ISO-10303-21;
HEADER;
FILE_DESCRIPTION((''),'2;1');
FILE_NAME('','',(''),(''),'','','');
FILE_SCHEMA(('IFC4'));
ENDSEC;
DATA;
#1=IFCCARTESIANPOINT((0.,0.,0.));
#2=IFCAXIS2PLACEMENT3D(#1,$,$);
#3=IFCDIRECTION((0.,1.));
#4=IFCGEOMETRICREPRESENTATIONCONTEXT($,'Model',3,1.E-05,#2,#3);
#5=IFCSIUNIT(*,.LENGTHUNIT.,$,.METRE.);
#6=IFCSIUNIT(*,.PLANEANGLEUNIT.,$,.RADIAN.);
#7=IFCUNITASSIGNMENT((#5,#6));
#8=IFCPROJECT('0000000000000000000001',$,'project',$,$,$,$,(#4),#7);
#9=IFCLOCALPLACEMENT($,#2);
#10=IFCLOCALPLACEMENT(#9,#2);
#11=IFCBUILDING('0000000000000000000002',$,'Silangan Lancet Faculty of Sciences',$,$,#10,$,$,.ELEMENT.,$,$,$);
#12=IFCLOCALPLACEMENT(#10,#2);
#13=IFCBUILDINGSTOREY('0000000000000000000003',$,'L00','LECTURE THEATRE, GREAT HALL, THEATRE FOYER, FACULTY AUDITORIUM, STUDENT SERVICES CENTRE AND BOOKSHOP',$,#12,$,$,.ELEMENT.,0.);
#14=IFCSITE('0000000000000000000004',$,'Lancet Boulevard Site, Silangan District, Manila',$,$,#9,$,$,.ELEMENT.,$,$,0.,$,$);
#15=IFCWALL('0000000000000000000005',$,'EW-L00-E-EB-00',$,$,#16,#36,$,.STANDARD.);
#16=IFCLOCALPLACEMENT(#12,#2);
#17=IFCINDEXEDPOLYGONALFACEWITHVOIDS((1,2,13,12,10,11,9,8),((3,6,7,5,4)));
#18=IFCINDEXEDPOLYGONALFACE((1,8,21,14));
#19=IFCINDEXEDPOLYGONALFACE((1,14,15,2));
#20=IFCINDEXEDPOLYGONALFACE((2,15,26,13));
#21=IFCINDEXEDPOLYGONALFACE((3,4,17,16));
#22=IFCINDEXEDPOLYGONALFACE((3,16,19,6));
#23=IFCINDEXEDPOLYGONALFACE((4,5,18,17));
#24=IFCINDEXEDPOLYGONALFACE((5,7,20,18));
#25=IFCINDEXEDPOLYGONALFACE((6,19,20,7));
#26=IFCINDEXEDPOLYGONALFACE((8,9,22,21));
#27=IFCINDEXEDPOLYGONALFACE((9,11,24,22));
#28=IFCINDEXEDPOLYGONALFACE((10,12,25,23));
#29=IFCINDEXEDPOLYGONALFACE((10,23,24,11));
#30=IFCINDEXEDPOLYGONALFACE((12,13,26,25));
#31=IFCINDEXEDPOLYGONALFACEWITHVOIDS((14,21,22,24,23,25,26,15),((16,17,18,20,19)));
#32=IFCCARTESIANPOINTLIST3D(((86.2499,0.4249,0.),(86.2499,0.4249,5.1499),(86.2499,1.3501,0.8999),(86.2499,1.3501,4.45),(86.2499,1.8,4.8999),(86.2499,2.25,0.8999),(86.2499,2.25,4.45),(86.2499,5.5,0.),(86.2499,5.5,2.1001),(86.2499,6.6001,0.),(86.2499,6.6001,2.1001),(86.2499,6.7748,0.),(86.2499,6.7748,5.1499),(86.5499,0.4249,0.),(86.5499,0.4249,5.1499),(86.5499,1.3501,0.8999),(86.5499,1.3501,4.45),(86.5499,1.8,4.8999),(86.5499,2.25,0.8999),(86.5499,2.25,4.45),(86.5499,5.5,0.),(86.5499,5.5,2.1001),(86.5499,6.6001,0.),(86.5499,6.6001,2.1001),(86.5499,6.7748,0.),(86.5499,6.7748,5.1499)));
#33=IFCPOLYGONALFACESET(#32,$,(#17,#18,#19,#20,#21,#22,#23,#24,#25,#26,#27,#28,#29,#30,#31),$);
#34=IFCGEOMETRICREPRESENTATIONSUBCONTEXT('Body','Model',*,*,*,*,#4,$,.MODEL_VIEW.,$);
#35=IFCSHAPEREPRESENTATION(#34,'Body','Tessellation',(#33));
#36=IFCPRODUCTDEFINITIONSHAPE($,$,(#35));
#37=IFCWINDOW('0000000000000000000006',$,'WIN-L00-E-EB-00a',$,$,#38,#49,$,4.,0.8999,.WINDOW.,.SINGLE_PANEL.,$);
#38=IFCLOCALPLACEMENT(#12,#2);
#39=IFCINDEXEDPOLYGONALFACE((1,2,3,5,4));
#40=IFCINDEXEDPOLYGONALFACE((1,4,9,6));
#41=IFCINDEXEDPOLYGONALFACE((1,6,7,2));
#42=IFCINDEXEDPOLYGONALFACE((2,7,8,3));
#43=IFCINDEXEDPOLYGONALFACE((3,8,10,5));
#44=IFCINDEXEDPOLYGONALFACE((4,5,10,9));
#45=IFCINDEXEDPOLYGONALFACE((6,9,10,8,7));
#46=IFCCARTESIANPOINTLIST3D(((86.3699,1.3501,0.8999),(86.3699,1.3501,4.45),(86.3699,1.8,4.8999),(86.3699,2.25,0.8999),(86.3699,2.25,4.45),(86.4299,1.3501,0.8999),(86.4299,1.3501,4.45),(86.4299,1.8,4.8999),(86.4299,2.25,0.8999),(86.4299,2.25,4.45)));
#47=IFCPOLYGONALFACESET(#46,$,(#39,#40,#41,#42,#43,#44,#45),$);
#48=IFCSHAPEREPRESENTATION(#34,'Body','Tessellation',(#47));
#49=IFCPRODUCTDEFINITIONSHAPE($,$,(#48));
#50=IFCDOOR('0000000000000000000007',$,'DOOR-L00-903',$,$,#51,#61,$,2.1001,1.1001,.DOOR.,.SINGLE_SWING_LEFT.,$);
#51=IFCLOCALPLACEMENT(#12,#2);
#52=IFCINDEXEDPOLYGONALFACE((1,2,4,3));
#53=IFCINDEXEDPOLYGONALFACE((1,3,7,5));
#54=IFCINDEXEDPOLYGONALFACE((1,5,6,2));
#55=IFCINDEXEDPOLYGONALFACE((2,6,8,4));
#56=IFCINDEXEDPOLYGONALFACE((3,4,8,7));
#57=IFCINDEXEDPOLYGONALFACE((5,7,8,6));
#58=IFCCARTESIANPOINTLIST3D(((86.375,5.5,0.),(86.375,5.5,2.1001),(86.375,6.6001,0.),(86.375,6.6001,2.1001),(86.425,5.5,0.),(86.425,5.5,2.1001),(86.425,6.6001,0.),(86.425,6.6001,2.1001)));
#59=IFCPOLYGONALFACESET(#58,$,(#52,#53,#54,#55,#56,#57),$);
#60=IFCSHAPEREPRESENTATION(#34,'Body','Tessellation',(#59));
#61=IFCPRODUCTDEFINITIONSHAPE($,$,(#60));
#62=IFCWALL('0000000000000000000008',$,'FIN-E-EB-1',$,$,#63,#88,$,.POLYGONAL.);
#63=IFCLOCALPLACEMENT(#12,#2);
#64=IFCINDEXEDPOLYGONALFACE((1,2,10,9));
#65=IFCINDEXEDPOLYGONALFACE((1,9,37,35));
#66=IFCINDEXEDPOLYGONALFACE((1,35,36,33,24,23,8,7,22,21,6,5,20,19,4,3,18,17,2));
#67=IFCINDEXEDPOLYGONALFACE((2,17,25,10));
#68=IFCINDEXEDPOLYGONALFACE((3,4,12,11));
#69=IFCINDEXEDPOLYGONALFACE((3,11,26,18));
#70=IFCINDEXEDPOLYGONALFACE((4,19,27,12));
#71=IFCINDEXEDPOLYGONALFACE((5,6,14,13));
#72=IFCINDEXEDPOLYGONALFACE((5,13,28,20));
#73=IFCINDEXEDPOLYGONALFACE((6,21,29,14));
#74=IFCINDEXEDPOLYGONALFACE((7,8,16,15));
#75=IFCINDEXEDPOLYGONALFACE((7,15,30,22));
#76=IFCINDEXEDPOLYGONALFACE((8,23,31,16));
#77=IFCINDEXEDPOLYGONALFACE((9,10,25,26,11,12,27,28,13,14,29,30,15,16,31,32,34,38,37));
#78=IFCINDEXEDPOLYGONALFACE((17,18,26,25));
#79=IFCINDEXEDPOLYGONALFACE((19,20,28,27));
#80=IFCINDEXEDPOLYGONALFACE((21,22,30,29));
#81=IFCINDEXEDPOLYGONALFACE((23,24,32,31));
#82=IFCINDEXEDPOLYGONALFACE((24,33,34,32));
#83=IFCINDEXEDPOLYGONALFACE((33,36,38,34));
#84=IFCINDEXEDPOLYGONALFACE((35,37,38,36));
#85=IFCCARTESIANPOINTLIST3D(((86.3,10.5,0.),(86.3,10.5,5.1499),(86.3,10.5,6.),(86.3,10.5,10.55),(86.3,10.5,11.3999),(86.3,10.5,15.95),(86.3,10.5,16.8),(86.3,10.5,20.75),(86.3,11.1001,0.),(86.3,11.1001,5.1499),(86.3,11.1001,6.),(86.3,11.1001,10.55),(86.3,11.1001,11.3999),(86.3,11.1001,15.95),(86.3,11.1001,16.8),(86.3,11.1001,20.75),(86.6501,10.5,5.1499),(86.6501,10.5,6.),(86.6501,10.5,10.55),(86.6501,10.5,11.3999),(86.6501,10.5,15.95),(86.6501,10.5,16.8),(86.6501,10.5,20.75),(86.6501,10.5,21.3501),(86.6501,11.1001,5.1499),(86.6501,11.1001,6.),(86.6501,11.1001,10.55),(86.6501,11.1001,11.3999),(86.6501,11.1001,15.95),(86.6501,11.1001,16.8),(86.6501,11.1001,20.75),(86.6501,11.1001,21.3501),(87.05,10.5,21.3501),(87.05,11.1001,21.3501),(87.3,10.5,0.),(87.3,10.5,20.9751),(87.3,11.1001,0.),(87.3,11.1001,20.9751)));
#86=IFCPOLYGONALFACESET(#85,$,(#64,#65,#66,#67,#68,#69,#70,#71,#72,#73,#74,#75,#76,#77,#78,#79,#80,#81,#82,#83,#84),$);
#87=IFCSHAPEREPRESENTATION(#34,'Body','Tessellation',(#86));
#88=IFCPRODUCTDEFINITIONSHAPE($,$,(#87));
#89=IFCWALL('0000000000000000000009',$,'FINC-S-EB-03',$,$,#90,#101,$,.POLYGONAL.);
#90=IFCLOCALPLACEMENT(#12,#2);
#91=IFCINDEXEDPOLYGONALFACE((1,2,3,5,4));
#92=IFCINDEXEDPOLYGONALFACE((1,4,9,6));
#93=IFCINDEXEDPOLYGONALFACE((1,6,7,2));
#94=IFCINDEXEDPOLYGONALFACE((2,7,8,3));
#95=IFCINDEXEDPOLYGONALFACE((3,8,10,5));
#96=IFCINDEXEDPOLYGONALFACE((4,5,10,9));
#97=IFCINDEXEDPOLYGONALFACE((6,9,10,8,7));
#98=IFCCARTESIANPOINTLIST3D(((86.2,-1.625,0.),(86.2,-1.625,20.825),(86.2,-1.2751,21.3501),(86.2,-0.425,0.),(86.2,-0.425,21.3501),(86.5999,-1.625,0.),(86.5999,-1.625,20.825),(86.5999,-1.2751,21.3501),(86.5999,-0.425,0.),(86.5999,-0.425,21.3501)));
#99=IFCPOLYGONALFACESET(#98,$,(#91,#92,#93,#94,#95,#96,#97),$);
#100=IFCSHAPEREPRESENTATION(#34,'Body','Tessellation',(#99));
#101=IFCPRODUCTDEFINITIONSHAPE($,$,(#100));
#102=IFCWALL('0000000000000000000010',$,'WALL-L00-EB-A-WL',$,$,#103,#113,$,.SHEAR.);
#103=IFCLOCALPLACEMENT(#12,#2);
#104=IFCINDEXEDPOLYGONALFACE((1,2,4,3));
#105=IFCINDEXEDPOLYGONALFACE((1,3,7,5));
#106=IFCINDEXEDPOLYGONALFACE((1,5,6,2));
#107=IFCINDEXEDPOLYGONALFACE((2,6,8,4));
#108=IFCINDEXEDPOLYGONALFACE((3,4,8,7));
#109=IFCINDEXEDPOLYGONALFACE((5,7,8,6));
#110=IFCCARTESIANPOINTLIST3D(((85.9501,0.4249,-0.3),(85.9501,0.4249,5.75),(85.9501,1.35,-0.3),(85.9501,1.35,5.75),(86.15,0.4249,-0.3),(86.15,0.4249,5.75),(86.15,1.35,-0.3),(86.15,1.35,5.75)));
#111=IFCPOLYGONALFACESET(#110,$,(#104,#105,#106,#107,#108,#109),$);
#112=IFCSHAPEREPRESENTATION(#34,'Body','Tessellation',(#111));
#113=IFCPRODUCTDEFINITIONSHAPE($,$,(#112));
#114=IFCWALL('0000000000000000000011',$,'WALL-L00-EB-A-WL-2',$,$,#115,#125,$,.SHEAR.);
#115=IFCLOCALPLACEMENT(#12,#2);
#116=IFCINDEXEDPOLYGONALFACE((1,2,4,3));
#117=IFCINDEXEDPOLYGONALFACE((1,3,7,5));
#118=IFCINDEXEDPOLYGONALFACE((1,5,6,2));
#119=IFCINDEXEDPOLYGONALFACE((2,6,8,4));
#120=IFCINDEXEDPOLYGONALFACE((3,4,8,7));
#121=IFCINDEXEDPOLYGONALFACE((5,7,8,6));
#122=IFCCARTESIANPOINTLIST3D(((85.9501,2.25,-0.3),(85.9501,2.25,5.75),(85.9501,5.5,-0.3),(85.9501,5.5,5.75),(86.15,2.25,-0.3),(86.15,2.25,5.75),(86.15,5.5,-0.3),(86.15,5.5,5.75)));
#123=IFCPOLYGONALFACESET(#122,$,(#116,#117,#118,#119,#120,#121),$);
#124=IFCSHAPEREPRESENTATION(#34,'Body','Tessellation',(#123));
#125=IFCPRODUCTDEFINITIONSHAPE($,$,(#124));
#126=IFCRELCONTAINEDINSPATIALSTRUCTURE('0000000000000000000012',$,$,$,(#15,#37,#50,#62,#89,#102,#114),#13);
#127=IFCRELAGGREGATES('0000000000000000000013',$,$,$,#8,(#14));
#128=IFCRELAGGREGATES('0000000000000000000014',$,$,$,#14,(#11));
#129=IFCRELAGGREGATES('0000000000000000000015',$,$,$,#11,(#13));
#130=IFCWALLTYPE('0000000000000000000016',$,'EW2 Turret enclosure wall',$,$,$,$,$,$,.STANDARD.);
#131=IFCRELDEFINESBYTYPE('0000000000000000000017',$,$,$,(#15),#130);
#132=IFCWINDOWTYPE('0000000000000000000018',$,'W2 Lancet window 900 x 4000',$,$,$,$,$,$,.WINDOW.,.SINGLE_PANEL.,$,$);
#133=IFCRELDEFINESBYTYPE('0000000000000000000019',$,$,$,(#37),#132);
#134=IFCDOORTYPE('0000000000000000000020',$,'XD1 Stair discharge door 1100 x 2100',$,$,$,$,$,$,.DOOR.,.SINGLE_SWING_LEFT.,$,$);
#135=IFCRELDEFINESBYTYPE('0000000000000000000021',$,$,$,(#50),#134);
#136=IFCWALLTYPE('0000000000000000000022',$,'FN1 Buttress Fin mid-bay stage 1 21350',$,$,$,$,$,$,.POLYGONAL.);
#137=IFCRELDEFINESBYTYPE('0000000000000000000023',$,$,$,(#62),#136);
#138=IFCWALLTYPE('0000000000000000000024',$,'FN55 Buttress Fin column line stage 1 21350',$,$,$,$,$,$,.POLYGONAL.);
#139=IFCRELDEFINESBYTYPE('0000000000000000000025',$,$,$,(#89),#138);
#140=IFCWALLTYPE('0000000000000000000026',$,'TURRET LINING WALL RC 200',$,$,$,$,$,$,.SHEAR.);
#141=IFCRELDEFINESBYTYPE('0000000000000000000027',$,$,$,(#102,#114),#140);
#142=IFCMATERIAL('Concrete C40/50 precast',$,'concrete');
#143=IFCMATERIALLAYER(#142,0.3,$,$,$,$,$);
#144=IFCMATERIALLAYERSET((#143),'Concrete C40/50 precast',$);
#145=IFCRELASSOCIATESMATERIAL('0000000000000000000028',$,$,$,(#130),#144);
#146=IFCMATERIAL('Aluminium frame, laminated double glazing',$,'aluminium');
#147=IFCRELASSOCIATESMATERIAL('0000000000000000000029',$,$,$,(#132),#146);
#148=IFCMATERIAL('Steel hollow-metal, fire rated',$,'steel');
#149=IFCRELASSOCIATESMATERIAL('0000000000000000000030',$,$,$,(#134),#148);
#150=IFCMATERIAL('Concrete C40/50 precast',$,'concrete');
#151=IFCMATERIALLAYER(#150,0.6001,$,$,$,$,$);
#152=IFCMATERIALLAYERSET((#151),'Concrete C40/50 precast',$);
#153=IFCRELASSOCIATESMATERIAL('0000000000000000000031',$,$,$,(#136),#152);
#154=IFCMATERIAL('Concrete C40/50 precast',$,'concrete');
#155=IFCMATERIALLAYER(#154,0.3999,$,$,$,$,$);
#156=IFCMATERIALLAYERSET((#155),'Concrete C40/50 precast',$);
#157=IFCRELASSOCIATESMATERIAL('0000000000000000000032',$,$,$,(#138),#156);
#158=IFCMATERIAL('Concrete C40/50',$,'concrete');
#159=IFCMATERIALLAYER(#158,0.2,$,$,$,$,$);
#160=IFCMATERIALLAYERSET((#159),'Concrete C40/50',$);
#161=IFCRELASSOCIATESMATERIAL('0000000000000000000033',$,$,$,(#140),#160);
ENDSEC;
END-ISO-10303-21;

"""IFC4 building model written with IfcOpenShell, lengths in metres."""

from ifc_helpers import new_model, si_unit, direction, frame, frame_2d, origin, place, context, subcontext, project, spatial, polyline, rectangle, outline, extrude, material, layer, layer_set, type_object, element, fill, save


model = new_model("IFC4")

# Units and contexts
model_context = context("Model", 3, precision=1e-05, world=origin(), true_north=direction((0.0, 1.0)))
body_context = subcontext(model_context, "Body", "Model", "MODEL_VIEW")
ifc_project = project(units=[si_unit("LENGTHUNIT", "METRE"), si_unit("PLANEANGLEUNIT", "RADIAN")], contexts=[model_context])

# Site, building, storey
site_placement = place(None, origin())
site = spatial("IfcSite", under=ifc_project, at=site_placement, Name="Lancet Boulevard Site, Silangan District, Manila", CompositionType="ELEMENT", RefElevation=0.0)
building_placement = place(site_placement, origin())
building = spatial("IfcBuilding", under=site, at=building_placement, Name="Silangan Lancet Faculty of Sciences", CompositionType="ELEMENT")
storey_placement = place(building_placement, origin())
storey = spatial("IfcBuildingStorey", under=building, at=storey_placement, Name="L00", Description="LECTURE THEATRE, GREAT HALL, THEATRE FOYER, FACULTY AUDITORIUM, STUDENT SERVICES CENTRE AND BOOKSHOP", CompositionType="ELEMENT", Elevation=0.0)

# Wall, openings, window, door
ifc_material_1 = material(Name="Concrete C40/50 precast", Category="concrete")
ifc_layer_1 = layer(ifc_material_1, 0.3)
ifc_layer_set_1 = layer_set([ifc_layer_1], Name="Concrete C40/50 precast")
wall_type_1 = type_object("IfcWallType", Name="EW2 Turret enclosure wall", PredefinedType="STANDARD", material=ifc_layer_set_1)
wall_1_placement = place(storey_placement, frame((86.3999, 0.425, 0.0), z_axis=(0.0, 0.0, 1.0), x_axis=(0.0, 1.0, 0.0)))
wall_1 = element("IfcWall", 1, at=wall_1_placement, inside=storey, type_object=wall_type_1, Name="EW-L00-E-EB-00", PredefinedType="STANDARD", context=body_context, shape_type="SweptSolid", body=[
    extrude(rectangle(XDim=6.3499, YDim=0.3, at=frame_2d((3.1748, 0.0))), origin(), (0.0, 0.0, 1.0), 5.1499),
])
opening_1_placement = place(wall_1_placement, frame((5.075, 0.0, 0.0)))
opening_1 = element("IfcOpeningElement", 2, at=opening_1_placement, cuts=wall_1, PredefinedType="OPENING", context=body_context, shape_type="SweptSolid", body=[
    extrude(rectangle(XDim=1.1001, YDim=2.1001, at=frame_2d((0.55, 1.05))), frame((0.0, 0.1599, 0.0), z_axis=(0.0, -1.0, 0.0), x_axis=(1.0, 0.0, 0.0)), (0.0, 0.0, 1.0), 0.3201),
])
opening_2_placement = place(wall_1_placement, frame((0.925, 0.0, 0.8999)))
opening_2 = element("IfcOpeningElement", 3, at=opening_2_placement, cuts=wall_1, PredefinedType="OPENING", context=body_context, shape_type="SweptSolid", body=[
    extrude(outline(polyline([(0.0, 0.0), (0.8999, 0.0), (0.8999, 3.55), (0.45, 4.0), (0.0, 3.55), (0.0, 0.0)])), frame((0.0, 0.1599, 0.0), z_axis=(0.0, -1.0, 0.0), x_axis=(1.0, 0.0, 0.0)), (0.0, 0.0, 1.0), 0.3201),
])
ifc_material_2 = material(Name="Aluminium frame, laminated double glazing", Category="aluminium")
window_type = type_object("IfcWindowType", Name="W2 Lancet window 900 x 4000", PartitioningType="SINGLE_PANEL", PredefinedType="WINDOW", material=ifc_material_2)
window_placement = place(opening_2_placement, origin())
window = element("IfcWindow", 4, at=window_placement, inside=storey, type_object=window_type, Name="WIN-L00-E-EB-00a", OverallHeight=4.0, OverallWidth=0.8999, PartitioningType="SINGLE_PANEL", PredefinedType="WINDOW", context=body_context, shape_type="SweptSolid", body=[
    extrude(outline(polyline([(0.0, 0.0), (0.8999, 0.0), (0.8999, 3.55), (0.45, 4.0), (0.0, 3.55), (0.0, 0.0)])), frame((0.0, 0.03, 0.0), z_axis=(0.0, -1.0, 0.0), x_axis=(1.0, 0.0, 0.0)), (0.0, 0.0, 1.0), 0.0601),
])
fill(opening_2, window)
ifc_material_3 = material(Name="Steel hollow-metal, fire rated", Category="steel")
door_type_1 = type_object("IfcDoorType", Name="XD1 Stair discharge door 1100 x 2100", OperationType="SINGLE_SWING_LEFT", PredefinedType="DOOR", material=ifc_material_3)
door_1_placement = place(opening_1_placement, frame((1.1001, 0.0, 0.0), z_axis=(0.0, 0.0, 1.0), x_axis=(-1.0, 0.0, 0.0)))
door_1 = element("IfcDoor", 5, at=door_1_placement, inside=storey, type_object=door_type_1, Name="DOOR-L00-903", OperationType="SINGLE_SWING_LEFT", OverallHeight=2.1001, OverallWidth=1.1001, PredefinedType="DOOR", context=body_context, shape_type="SweptSolid", body=[
    extrude(rectangle(XDim=1.1001, YDim=2.1001, at=frame_2d((0.55, 1.05))), frame((0.0, 0.0251, 0.0), z_axis=(0.0, -1.0, 0.0), x_axis=(1.0, 0.0, 0.0)), (0.0, 0.0, 1.0), 0.05),
])
fill(opening_1, door_1)

# Walls
ifc_material_4 = material(Name="Concrete C40/50 precast", Category="concrete")
ifc_layer_2 = layer(ifc_material_4, 0.6001)
ifc_layer_set_2 = layer_set([ifc_layer_2], Name="Concrete C40/50 precast")
wall_type_2 = type_object("IfcWallType", Name="FN1 Buttress Fin mid-bay stage 1 21350", PredefinedType="POLYGONAL", material=ifc_layer_set_2)
wall_2_placement = place(storey_placement, frame((86.3, 10.8, 0.0), z_axis=(0.0, 0.0, 1.0), x_axis=(1.0, 0.0, 0.0)))
element("IfcWall", 6, at=wall_2_placement, inside=storey, type_object=wall_type_2, Name="FIN-E-EB-1", PredefinedType="POLYGONAL", context=body_context, shape_type="SweptSolid", body=[
    extrude(outline(polyline([(1.0, 0.0), (1.0, 20.9751), (0.75, 21.3501), (0.3501, 21.3501), (0.3501, 20.75), (0.0, 20.75), (0.0, 16.8), (0.3501, 16.8), (0.3501, 15.95), (0.0, 15.95), (0.0, 11.3999), (0.3501, 11.3999), (0.3501, 10.55), (0.0, 10.55), (0.0, 6.0), (0.3501, 6.0), (0.3501, 5.1499), (0.0, 5.1499), (0.0, 0.0), (1.0, 0.0)])), frame((0.0, 0.3, 0.0), z_axis=(0.0, -1.0, 0.0), x_axis=(1.0, 0.0, 0.0)), (0.0, 0.0, 1.0), 0.6001),
])
ifc_material_5 = material(Name="Concrete C40/50 precast", Category="concrete")
ifc_layer_3 = layer(ifc_material_5, 0.3999)
ifc_layer_set_3 = layer_set([ifc_layer_3], Name="Concrete C40/50 precast")
wall_type_3 = type_object("IfcWallType", Name="FN55 Buttress Fin column line stage 1 21350", PredefinedType="POLYGONAL", material=ifc_layer_set_3)
wall_3_placement = place(storey_placement, frame((86.3999, -0.425, 0.0), z_axis=(0.0, 0.0, 1.0), x_axis=(0.0, -1.0, 0.0)))
element("IfcWall", 7, at=wall_3_placement, inside=storey, type_object=wall_type_3, Name="FINC-S-EB-03", PredefinedType="POLYGONAL", context=body_context, shape_type="SweptSolid", body=[
    extrude(outline(polyline([(1.2, 0.0), (1.2, 20.825), (0.8501, 21.3501), (0.0, 21.3501), (0.0, 0.0), (1.2, 0.0)])), frame((0.0, 0.2, 0.0), z_axis=(0.0, -1.0, 0.0), x_axis=(1.0, 0.0, 0.0)), (0.0, 0.0, 1.0), 0.3999),
])
ifc_material_6 = material(Name="Concrete C40/50", Category="concrete")
ifc_layer_4 = layer(ifc_material_6, 0.2)
ifc_layer_set_4 = layer_set([ifc_layer_4], Name="Concrete C40/50")
wall_type_4 = type_object("IfcWallType", Name="TURRET LINING WALL RC 200", PredefinedType="SHEAR", material=ifc_layer_set_4)
wall_4_placement = place(storey_placement, frame((86.05, 0.425, -0.3), z_axis=(0.0, 0.0, 1.0), x_axis=(0.0, 1.0, 0.0)))
element("IfcWall", 8, at=wall_4_placement, inside=storey, type_object=wall_type_4, Name="WALL-L00-EB-A-WL", PredefinedType="SHEAR", context=body_context, shape_type="SweptSolid", body=[
    extrude(rectangle(XDim=0.925, YDim=0.2, at=frame_2d((0.4624, 0.0))), origin(), (0.0, 0.0, 1.0), 6.05),
])
wall_5_placement = place(storey_placement, frame((86.05, 2.25, -0.3), z_axis=(0.0, 0.0, 1.0), x_axis=(0.0, 1.0, 0.0)))
element("IfcWall", 9, at=wall_5_placement, inside=storey, type_object=wall_type_4, Name="WALL-L00-EB-A-WL-2", PredefinedType="SHEAR", context=body_context, shape_type="SweptSolid", body=[
    extrude(rectangle(XDim=3.25, YDim=0.2, at=frame_2d((1.625, 0.0))), origin(), (0.0, 0.0, 1.0), 6.05),
])

save(model, "model.ifc")
